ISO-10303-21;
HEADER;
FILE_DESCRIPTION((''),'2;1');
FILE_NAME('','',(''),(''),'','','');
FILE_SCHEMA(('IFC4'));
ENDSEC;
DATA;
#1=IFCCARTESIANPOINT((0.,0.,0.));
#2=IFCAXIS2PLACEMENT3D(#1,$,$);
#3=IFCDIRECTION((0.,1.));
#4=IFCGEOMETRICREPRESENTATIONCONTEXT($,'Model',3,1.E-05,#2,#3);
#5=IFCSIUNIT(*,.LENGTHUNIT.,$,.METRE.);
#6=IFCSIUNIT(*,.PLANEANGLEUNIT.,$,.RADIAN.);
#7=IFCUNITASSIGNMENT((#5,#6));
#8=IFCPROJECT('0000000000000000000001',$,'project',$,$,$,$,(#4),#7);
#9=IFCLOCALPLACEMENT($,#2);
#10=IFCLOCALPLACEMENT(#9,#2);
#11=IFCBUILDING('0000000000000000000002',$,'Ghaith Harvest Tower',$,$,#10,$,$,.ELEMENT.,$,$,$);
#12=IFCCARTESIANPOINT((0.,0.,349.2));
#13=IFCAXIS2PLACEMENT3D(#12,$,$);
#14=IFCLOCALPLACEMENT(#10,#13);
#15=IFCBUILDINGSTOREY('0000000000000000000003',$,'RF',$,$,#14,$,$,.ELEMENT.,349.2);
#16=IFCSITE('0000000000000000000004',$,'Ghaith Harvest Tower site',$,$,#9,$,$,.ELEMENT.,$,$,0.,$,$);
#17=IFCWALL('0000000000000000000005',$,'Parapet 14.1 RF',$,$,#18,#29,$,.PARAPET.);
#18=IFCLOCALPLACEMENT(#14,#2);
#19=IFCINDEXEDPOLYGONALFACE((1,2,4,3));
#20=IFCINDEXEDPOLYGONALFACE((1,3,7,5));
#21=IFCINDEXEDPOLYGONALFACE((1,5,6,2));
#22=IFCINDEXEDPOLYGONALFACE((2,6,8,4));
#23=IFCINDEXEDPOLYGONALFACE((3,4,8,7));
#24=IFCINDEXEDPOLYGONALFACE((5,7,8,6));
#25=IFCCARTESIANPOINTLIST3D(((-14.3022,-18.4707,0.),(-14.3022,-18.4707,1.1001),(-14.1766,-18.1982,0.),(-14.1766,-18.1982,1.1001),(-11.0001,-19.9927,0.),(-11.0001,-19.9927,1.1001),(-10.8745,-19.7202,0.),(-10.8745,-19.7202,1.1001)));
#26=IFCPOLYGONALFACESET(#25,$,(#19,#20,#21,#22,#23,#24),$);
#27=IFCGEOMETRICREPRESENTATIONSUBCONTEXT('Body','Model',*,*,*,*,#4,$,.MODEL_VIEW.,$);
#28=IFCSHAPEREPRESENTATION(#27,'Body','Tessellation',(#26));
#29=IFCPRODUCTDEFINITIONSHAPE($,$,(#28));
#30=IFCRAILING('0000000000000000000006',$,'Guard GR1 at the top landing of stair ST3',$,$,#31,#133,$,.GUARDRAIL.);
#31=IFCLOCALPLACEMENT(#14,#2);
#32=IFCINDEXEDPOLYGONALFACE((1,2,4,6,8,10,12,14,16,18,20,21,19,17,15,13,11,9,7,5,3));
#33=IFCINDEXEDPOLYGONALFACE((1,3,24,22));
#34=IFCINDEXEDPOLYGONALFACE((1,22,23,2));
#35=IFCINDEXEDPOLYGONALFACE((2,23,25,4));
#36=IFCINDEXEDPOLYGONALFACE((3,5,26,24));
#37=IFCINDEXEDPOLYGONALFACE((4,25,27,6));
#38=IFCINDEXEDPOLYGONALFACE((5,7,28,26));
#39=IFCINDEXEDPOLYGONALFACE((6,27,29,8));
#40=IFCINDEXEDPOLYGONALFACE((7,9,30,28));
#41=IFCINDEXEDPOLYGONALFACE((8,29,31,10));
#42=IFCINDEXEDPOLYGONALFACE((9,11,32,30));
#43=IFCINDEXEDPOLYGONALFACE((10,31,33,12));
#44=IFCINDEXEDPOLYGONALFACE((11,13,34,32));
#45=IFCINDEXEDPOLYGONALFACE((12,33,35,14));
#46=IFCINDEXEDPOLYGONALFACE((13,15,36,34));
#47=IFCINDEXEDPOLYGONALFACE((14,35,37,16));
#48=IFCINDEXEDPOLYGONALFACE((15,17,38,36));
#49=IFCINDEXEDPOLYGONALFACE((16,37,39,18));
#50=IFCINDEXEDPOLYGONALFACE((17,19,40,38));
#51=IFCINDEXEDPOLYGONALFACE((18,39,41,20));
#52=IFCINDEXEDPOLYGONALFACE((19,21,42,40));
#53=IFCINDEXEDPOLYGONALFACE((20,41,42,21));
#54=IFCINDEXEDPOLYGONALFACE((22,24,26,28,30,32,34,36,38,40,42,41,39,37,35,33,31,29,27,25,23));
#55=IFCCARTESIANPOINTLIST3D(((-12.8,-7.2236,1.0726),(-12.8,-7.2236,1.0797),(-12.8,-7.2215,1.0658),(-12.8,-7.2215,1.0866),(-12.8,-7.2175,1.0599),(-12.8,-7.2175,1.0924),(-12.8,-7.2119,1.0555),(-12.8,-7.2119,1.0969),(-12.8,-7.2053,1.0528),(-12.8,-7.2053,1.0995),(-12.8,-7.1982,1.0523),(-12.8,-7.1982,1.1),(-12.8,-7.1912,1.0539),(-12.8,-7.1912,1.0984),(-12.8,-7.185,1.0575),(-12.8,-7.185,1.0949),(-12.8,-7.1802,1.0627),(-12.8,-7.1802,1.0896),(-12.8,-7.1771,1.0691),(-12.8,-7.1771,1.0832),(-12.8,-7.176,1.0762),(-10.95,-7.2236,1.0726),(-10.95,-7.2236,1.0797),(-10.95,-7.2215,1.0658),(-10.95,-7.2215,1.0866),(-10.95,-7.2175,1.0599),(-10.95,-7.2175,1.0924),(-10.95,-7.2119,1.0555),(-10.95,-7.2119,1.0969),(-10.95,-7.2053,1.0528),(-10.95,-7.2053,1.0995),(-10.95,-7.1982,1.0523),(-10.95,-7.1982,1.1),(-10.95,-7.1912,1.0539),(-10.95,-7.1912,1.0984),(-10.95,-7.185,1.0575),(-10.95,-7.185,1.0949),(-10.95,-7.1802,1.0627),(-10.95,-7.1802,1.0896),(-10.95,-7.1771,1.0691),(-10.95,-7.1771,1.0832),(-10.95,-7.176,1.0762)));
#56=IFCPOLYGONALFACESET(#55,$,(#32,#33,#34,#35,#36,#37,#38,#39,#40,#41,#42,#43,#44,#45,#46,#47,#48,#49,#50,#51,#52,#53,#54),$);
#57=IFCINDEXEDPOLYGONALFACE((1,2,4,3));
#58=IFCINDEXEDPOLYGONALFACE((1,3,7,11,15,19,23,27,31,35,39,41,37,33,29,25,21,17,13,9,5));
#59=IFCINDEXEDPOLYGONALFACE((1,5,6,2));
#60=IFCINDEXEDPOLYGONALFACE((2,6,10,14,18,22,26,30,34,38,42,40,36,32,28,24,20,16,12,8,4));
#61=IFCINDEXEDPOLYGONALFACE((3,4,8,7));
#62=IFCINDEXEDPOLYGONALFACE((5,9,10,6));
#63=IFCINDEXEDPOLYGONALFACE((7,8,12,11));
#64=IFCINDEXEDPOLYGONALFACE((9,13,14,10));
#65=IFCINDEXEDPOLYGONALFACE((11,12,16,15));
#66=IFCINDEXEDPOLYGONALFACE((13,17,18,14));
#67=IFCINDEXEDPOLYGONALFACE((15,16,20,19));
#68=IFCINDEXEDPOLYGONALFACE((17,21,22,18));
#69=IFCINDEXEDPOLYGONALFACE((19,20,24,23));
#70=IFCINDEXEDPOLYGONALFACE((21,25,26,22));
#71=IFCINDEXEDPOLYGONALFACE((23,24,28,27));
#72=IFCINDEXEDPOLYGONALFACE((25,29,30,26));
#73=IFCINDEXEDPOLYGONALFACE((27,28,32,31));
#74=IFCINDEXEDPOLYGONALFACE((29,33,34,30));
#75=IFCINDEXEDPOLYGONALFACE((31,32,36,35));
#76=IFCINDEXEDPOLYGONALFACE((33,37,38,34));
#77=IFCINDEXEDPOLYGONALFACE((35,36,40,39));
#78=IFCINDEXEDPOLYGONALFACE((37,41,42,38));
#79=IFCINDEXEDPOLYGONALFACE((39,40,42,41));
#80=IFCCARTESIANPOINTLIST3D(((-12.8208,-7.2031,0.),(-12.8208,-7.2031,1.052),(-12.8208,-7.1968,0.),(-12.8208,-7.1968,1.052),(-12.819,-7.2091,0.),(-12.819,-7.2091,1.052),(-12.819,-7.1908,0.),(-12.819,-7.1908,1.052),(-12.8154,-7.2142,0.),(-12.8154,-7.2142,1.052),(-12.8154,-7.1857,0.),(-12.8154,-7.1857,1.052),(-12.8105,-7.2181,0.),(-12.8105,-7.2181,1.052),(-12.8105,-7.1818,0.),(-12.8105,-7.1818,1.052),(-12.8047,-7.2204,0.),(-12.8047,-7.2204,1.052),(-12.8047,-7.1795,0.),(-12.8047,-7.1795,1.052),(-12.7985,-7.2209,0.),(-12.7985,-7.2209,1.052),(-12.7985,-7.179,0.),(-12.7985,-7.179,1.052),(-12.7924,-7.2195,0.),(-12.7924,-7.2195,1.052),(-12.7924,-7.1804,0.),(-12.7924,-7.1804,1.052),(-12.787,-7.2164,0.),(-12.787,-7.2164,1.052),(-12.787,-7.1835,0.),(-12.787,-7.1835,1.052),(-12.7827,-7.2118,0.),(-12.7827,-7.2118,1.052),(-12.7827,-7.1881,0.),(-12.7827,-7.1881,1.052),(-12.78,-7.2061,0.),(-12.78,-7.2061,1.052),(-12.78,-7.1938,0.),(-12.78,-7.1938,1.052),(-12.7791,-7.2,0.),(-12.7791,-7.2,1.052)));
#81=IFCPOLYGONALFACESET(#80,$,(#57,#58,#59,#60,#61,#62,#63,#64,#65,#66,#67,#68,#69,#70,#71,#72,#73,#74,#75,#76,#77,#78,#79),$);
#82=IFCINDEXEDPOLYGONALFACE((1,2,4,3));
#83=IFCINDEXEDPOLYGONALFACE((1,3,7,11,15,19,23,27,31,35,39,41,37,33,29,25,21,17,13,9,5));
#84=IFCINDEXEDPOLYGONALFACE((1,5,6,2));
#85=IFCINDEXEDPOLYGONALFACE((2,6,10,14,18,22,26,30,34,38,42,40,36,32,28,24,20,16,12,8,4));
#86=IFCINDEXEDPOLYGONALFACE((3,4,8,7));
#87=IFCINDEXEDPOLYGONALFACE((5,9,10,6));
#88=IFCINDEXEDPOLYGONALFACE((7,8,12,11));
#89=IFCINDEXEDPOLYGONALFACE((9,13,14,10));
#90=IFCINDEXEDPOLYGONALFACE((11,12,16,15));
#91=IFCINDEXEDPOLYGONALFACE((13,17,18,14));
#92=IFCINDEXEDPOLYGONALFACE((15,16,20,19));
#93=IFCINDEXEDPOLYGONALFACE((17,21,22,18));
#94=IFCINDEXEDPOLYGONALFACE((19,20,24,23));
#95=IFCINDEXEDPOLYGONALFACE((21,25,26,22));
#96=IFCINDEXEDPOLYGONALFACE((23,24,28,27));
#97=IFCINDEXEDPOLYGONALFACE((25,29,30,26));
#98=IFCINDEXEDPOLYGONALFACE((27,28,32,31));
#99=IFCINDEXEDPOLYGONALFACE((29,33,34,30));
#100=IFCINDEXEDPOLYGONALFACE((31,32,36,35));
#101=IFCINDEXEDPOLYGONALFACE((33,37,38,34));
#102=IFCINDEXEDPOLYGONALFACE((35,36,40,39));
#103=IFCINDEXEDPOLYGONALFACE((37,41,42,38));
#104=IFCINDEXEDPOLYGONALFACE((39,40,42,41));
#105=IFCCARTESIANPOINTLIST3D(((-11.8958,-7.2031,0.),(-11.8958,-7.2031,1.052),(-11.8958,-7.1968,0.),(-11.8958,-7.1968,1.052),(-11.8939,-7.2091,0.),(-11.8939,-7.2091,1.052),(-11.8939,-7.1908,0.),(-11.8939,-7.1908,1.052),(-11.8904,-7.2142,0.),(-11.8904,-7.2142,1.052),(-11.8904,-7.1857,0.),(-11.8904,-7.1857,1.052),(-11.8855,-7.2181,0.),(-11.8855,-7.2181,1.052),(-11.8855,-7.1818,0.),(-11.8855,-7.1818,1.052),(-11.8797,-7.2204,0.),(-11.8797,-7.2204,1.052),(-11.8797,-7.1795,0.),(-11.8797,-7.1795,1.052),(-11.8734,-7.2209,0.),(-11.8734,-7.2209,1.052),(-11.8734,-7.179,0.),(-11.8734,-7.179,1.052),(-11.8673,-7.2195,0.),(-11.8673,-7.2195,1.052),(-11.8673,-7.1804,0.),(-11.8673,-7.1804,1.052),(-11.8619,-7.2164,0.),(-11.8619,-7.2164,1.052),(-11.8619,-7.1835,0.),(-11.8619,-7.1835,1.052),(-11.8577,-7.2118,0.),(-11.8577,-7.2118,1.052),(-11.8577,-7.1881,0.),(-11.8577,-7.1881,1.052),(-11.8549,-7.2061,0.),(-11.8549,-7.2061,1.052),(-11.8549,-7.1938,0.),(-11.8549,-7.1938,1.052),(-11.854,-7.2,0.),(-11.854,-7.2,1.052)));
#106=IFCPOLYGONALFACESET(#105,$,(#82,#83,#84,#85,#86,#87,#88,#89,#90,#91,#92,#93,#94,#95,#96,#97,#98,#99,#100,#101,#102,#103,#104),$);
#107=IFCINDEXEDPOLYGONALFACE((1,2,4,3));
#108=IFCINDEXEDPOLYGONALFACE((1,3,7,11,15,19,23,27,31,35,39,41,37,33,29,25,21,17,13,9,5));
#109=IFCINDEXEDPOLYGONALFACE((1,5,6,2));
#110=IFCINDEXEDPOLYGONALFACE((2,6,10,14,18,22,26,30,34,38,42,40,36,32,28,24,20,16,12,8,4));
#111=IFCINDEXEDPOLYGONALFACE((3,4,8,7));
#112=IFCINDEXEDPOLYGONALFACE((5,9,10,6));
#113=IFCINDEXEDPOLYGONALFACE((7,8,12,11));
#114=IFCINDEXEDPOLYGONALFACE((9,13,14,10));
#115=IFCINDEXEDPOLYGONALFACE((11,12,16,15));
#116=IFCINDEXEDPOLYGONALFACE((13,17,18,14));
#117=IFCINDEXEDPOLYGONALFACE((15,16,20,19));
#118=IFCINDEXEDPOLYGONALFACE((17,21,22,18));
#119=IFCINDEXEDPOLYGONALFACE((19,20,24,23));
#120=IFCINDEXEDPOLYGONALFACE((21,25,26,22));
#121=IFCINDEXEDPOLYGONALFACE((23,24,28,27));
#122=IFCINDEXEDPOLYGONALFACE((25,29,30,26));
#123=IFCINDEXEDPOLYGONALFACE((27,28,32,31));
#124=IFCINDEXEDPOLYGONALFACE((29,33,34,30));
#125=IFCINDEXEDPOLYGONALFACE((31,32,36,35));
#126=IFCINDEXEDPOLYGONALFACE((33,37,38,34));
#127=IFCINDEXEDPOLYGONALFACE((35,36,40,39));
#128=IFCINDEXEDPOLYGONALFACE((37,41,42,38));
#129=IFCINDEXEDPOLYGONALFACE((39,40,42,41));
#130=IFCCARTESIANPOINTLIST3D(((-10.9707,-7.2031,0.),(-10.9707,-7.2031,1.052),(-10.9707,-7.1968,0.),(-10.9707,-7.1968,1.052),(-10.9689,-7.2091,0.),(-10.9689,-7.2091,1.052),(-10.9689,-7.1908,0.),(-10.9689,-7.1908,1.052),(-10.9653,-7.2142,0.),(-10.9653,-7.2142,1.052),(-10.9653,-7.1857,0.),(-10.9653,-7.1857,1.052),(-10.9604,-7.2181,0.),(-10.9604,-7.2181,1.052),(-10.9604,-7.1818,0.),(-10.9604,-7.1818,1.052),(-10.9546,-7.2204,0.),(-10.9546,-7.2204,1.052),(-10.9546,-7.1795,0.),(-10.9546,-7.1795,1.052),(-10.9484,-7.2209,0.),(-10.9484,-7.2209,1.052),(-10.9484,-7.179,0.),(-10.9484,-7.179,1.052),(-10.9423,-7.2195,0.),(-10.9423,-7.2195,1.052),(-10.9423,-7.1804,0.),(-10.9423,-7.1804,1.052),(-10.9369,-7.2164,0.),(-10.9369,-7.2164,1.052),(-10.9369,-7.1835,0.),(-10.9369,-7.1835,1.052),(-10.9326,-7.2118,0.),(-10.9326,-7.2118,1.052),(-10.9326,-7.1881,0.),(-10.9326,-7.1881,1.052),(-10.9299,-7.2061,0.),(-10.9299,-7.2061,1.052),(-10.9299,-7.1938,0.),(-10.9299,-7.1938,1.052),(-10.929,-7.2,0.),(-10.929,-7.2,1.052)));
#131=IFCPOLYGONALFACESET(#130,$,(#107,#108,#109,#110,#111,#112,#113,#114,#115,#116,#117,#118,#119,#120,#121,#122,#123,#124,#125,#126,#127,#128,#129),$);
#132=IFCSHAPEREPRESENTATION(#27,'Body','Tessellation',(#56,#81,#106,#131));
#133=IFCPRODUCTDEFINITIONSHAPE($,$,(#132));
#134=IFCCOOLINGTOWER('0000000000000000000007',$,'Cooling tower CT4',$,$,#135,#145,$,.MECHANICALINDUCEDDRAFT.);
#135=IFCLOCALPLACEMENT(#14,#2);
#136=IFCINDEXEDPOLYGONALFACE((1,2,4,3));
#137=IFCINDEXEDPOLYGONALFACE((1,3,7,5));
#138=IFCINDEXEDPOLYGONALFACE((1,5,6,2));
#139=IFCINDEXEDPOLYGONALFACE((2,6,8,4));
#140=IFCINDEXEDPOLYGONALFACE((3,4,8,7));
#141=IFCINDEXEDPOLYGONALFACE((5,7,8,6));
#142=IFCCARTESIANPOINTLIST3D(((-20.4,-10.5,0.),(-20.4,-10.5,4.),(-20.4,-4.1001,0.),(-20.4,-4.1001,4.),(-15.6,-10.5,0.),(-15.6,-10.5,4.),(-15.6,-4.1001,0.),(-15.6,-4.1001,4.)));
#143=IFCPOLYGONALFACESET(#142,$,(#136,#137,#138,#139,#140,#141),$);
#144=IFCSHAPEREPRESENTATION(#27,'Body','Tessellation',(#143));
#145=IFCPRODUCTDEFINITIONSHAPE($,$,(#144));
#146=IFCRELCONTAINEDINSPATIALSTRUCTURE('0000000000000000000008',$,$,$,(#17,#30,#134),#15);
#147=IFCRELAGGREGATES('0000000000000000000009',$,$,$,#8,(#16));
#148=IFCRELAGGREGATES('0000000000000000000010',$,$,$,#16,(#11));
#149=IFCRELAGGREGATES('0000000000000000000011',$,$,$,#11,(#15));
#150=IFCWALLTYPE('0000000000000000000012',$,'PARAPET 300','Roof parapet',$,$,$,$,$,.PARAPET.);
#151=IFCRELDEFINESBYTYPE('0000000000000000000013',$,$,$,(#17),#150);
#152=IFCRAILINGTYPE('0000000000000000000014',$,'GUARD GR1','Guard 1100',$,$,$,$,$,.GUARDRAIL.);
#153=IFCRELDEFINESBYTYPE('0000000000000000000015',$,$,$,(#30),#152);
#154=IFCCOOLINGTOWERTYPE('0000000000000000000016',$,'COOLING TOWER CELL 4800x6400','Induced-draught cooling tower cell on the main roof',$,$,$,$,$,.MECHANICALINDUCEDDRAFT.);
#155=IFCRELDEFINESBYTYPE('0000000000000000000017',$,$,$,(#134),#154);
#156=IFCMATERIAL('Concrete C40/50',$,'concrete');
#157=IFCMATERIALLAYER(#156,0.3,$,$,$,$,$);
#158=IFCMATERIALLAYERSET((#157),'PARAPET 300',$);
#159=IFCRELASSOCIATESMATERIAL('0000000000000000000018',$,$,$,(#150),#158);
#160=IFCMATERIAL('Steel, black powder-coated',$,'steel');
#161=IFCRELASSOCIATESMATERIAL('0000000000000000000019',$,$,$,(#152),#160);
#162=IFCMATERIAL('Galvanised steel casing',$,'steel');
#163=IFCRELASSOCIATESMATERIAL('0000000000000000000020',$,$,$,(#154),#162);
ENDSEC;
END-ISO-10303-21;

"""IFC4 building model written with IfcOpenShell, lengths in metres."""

from ifc_helpers import new_model, si_unit, direction, frame, frame_2d, origin, origin_2d, place, context, subcontext, project, spatial, rectangle, circle, extrude, material, layer, layer_set, type_object, element, save


model = new_model("IFC4")

# Units and contexts
model_context = context("Model", 3, precision=1e-05, world=origin(), true_north=direction((0.0, 1.0)))
body_context = subcontext(model_context, "Body", "Model", "MODEL_VIEW")
ifc_project = project(units=[si_unit("LENGTHUNIT", "METRE"), si_unit("PLANEANGLEUNIT", "RADIAN")], contexts=[model_context])

# Site, building, storey
site_placement = place(None, origin())
site = spatial("IfcSite", under=ifc_project, at=site_placement, Name="Ghaith Harvest Tower site", CompositionType="ELEMENT", RefElevation=0.0)
building_placement = place(site_placement, origin())
building = spatial("IfcBuilding", under=site, at=building_placement, Name="Ghaith Harvest Tower", CompositionType="ELEMENT")
storey_placement = place(building_placement, frame((0.0, 0.0, 349.2)))
storey = spatial("IfcBuildingStorey", under=building, at=storey_placement, Name="RF", CompositionType="ELEMENT", Elevation=349.2)

# Wall
ifc_material_1 = material(Name="Concrete C40/50", Category="concrete")
ifc_layer_1 = layer(ifc_material_1, 0.3)
ifc_layer_set_1 = layer_set([ifc_layer_1], Name="PARAPET 300")
wall_type_1 = type_object("IfcWallType", Name="PARAPET 300", Description="Roof parapet", PredefinedType="PARAPET", material=ifc_layer_set_1)
wall_1_placement = place(storey_placement, frame((-14.2393, -18.3345, 0.0), z_axis=(0.0, 0.0, 1.0), x_axis=(0.908172, -0.418598, 0.0)))
element("IfcWall", 1, at=wall_1_placement, inside=storey, type_object=wall_type_1, Name="Parapet 14.1 RF", PredefinedType="PARAPET", context=body_context, shape_type="SweptSolid", body=[
    extrude(rectangle(XDim=3.636, YDim=0.3, at=frame_2d((1.8179, 0.0))), origin(), (0.0, 0.0, 1.0), 1.1001),
])

# Railing
ifc_material_2 = material(Name="Steel, black powder-coated", Category="steel")
railing_type = type_object("IfcRailingType", Name="GUARD GR1", Description="Guard 1100", PredefinedType="GUARDRAIL", material=ifc_material_2)
railing_placement = place(storey_placement, frame((-12.8, -7.2, 0.0)))
element("IfcRailing", 2, at=railing_placement, inside=storey, type_object=railing_type, Name="Guard GR1 at the top landing of stair ST3", PredefinedType="GUARDRAIL", context=body_context, shape_type="SweptSolid", body=[
    extrude(circle(Radius=0.0239, at=origin_2d()), frame((0.0, 0.0, 1.0762), z_axis=(1.0, 0.0, 0.0), x_axis=(0.0, 1.0, 0.0)), (0.0, 0.0, 1.0), 1.8501),
    extrude(circle(Radius=0.021, at=origin_2d()), origin(), (0.0, 0.0, 1.0), 1.052),
    extrude(circle(Radius=0.021, at=origin_2d()), frame((0.925, 0.0, 0.0)), (0.0, 0.0, 1.0), 1.052),
    extrude(circle(Radius=0.021, at=origin_2d()), frame((1.8501, 0.0, 0.0)), (0.0, 0.0, 1.0), 1.052),
])

# Cooling tower
ifc_material_3 = material(Name="Galvanised steel casing", Category="steel")
cooling_tower_type = type_object("IfcCoolingTowerType", Name="COOLING TOWER CELL 4800x6400", Description="Induced-draught cooling tower cell on the main roof", PredefinedType="MECHANICALINDUCEDDRAFT", material=ifc_material_3)
cooling_tower_placement = place(storey_placement, frame((-18.0, -7.3, 0.0), z_axis=(0.0, 0.0, 1.0), x_axis=(1.0, 0.0, 0.0)))
element("IfcCoolingTower", 3, at=cooling_tower_placement, inside=storey, type_object=cooling_tower_type, Name="Cooling tower CT4", PredefinedType="MECHANICALINDUCEDDRAFT", context=body_context, shape_type="SweptSolid", body=[
    extrude(rectangle(XDim=4.8, YDim=6.3999, at=origin_2d()), origin(), (0.0, 0.0, 1.0), 4.0),
])

save(model, "model.ifc")
